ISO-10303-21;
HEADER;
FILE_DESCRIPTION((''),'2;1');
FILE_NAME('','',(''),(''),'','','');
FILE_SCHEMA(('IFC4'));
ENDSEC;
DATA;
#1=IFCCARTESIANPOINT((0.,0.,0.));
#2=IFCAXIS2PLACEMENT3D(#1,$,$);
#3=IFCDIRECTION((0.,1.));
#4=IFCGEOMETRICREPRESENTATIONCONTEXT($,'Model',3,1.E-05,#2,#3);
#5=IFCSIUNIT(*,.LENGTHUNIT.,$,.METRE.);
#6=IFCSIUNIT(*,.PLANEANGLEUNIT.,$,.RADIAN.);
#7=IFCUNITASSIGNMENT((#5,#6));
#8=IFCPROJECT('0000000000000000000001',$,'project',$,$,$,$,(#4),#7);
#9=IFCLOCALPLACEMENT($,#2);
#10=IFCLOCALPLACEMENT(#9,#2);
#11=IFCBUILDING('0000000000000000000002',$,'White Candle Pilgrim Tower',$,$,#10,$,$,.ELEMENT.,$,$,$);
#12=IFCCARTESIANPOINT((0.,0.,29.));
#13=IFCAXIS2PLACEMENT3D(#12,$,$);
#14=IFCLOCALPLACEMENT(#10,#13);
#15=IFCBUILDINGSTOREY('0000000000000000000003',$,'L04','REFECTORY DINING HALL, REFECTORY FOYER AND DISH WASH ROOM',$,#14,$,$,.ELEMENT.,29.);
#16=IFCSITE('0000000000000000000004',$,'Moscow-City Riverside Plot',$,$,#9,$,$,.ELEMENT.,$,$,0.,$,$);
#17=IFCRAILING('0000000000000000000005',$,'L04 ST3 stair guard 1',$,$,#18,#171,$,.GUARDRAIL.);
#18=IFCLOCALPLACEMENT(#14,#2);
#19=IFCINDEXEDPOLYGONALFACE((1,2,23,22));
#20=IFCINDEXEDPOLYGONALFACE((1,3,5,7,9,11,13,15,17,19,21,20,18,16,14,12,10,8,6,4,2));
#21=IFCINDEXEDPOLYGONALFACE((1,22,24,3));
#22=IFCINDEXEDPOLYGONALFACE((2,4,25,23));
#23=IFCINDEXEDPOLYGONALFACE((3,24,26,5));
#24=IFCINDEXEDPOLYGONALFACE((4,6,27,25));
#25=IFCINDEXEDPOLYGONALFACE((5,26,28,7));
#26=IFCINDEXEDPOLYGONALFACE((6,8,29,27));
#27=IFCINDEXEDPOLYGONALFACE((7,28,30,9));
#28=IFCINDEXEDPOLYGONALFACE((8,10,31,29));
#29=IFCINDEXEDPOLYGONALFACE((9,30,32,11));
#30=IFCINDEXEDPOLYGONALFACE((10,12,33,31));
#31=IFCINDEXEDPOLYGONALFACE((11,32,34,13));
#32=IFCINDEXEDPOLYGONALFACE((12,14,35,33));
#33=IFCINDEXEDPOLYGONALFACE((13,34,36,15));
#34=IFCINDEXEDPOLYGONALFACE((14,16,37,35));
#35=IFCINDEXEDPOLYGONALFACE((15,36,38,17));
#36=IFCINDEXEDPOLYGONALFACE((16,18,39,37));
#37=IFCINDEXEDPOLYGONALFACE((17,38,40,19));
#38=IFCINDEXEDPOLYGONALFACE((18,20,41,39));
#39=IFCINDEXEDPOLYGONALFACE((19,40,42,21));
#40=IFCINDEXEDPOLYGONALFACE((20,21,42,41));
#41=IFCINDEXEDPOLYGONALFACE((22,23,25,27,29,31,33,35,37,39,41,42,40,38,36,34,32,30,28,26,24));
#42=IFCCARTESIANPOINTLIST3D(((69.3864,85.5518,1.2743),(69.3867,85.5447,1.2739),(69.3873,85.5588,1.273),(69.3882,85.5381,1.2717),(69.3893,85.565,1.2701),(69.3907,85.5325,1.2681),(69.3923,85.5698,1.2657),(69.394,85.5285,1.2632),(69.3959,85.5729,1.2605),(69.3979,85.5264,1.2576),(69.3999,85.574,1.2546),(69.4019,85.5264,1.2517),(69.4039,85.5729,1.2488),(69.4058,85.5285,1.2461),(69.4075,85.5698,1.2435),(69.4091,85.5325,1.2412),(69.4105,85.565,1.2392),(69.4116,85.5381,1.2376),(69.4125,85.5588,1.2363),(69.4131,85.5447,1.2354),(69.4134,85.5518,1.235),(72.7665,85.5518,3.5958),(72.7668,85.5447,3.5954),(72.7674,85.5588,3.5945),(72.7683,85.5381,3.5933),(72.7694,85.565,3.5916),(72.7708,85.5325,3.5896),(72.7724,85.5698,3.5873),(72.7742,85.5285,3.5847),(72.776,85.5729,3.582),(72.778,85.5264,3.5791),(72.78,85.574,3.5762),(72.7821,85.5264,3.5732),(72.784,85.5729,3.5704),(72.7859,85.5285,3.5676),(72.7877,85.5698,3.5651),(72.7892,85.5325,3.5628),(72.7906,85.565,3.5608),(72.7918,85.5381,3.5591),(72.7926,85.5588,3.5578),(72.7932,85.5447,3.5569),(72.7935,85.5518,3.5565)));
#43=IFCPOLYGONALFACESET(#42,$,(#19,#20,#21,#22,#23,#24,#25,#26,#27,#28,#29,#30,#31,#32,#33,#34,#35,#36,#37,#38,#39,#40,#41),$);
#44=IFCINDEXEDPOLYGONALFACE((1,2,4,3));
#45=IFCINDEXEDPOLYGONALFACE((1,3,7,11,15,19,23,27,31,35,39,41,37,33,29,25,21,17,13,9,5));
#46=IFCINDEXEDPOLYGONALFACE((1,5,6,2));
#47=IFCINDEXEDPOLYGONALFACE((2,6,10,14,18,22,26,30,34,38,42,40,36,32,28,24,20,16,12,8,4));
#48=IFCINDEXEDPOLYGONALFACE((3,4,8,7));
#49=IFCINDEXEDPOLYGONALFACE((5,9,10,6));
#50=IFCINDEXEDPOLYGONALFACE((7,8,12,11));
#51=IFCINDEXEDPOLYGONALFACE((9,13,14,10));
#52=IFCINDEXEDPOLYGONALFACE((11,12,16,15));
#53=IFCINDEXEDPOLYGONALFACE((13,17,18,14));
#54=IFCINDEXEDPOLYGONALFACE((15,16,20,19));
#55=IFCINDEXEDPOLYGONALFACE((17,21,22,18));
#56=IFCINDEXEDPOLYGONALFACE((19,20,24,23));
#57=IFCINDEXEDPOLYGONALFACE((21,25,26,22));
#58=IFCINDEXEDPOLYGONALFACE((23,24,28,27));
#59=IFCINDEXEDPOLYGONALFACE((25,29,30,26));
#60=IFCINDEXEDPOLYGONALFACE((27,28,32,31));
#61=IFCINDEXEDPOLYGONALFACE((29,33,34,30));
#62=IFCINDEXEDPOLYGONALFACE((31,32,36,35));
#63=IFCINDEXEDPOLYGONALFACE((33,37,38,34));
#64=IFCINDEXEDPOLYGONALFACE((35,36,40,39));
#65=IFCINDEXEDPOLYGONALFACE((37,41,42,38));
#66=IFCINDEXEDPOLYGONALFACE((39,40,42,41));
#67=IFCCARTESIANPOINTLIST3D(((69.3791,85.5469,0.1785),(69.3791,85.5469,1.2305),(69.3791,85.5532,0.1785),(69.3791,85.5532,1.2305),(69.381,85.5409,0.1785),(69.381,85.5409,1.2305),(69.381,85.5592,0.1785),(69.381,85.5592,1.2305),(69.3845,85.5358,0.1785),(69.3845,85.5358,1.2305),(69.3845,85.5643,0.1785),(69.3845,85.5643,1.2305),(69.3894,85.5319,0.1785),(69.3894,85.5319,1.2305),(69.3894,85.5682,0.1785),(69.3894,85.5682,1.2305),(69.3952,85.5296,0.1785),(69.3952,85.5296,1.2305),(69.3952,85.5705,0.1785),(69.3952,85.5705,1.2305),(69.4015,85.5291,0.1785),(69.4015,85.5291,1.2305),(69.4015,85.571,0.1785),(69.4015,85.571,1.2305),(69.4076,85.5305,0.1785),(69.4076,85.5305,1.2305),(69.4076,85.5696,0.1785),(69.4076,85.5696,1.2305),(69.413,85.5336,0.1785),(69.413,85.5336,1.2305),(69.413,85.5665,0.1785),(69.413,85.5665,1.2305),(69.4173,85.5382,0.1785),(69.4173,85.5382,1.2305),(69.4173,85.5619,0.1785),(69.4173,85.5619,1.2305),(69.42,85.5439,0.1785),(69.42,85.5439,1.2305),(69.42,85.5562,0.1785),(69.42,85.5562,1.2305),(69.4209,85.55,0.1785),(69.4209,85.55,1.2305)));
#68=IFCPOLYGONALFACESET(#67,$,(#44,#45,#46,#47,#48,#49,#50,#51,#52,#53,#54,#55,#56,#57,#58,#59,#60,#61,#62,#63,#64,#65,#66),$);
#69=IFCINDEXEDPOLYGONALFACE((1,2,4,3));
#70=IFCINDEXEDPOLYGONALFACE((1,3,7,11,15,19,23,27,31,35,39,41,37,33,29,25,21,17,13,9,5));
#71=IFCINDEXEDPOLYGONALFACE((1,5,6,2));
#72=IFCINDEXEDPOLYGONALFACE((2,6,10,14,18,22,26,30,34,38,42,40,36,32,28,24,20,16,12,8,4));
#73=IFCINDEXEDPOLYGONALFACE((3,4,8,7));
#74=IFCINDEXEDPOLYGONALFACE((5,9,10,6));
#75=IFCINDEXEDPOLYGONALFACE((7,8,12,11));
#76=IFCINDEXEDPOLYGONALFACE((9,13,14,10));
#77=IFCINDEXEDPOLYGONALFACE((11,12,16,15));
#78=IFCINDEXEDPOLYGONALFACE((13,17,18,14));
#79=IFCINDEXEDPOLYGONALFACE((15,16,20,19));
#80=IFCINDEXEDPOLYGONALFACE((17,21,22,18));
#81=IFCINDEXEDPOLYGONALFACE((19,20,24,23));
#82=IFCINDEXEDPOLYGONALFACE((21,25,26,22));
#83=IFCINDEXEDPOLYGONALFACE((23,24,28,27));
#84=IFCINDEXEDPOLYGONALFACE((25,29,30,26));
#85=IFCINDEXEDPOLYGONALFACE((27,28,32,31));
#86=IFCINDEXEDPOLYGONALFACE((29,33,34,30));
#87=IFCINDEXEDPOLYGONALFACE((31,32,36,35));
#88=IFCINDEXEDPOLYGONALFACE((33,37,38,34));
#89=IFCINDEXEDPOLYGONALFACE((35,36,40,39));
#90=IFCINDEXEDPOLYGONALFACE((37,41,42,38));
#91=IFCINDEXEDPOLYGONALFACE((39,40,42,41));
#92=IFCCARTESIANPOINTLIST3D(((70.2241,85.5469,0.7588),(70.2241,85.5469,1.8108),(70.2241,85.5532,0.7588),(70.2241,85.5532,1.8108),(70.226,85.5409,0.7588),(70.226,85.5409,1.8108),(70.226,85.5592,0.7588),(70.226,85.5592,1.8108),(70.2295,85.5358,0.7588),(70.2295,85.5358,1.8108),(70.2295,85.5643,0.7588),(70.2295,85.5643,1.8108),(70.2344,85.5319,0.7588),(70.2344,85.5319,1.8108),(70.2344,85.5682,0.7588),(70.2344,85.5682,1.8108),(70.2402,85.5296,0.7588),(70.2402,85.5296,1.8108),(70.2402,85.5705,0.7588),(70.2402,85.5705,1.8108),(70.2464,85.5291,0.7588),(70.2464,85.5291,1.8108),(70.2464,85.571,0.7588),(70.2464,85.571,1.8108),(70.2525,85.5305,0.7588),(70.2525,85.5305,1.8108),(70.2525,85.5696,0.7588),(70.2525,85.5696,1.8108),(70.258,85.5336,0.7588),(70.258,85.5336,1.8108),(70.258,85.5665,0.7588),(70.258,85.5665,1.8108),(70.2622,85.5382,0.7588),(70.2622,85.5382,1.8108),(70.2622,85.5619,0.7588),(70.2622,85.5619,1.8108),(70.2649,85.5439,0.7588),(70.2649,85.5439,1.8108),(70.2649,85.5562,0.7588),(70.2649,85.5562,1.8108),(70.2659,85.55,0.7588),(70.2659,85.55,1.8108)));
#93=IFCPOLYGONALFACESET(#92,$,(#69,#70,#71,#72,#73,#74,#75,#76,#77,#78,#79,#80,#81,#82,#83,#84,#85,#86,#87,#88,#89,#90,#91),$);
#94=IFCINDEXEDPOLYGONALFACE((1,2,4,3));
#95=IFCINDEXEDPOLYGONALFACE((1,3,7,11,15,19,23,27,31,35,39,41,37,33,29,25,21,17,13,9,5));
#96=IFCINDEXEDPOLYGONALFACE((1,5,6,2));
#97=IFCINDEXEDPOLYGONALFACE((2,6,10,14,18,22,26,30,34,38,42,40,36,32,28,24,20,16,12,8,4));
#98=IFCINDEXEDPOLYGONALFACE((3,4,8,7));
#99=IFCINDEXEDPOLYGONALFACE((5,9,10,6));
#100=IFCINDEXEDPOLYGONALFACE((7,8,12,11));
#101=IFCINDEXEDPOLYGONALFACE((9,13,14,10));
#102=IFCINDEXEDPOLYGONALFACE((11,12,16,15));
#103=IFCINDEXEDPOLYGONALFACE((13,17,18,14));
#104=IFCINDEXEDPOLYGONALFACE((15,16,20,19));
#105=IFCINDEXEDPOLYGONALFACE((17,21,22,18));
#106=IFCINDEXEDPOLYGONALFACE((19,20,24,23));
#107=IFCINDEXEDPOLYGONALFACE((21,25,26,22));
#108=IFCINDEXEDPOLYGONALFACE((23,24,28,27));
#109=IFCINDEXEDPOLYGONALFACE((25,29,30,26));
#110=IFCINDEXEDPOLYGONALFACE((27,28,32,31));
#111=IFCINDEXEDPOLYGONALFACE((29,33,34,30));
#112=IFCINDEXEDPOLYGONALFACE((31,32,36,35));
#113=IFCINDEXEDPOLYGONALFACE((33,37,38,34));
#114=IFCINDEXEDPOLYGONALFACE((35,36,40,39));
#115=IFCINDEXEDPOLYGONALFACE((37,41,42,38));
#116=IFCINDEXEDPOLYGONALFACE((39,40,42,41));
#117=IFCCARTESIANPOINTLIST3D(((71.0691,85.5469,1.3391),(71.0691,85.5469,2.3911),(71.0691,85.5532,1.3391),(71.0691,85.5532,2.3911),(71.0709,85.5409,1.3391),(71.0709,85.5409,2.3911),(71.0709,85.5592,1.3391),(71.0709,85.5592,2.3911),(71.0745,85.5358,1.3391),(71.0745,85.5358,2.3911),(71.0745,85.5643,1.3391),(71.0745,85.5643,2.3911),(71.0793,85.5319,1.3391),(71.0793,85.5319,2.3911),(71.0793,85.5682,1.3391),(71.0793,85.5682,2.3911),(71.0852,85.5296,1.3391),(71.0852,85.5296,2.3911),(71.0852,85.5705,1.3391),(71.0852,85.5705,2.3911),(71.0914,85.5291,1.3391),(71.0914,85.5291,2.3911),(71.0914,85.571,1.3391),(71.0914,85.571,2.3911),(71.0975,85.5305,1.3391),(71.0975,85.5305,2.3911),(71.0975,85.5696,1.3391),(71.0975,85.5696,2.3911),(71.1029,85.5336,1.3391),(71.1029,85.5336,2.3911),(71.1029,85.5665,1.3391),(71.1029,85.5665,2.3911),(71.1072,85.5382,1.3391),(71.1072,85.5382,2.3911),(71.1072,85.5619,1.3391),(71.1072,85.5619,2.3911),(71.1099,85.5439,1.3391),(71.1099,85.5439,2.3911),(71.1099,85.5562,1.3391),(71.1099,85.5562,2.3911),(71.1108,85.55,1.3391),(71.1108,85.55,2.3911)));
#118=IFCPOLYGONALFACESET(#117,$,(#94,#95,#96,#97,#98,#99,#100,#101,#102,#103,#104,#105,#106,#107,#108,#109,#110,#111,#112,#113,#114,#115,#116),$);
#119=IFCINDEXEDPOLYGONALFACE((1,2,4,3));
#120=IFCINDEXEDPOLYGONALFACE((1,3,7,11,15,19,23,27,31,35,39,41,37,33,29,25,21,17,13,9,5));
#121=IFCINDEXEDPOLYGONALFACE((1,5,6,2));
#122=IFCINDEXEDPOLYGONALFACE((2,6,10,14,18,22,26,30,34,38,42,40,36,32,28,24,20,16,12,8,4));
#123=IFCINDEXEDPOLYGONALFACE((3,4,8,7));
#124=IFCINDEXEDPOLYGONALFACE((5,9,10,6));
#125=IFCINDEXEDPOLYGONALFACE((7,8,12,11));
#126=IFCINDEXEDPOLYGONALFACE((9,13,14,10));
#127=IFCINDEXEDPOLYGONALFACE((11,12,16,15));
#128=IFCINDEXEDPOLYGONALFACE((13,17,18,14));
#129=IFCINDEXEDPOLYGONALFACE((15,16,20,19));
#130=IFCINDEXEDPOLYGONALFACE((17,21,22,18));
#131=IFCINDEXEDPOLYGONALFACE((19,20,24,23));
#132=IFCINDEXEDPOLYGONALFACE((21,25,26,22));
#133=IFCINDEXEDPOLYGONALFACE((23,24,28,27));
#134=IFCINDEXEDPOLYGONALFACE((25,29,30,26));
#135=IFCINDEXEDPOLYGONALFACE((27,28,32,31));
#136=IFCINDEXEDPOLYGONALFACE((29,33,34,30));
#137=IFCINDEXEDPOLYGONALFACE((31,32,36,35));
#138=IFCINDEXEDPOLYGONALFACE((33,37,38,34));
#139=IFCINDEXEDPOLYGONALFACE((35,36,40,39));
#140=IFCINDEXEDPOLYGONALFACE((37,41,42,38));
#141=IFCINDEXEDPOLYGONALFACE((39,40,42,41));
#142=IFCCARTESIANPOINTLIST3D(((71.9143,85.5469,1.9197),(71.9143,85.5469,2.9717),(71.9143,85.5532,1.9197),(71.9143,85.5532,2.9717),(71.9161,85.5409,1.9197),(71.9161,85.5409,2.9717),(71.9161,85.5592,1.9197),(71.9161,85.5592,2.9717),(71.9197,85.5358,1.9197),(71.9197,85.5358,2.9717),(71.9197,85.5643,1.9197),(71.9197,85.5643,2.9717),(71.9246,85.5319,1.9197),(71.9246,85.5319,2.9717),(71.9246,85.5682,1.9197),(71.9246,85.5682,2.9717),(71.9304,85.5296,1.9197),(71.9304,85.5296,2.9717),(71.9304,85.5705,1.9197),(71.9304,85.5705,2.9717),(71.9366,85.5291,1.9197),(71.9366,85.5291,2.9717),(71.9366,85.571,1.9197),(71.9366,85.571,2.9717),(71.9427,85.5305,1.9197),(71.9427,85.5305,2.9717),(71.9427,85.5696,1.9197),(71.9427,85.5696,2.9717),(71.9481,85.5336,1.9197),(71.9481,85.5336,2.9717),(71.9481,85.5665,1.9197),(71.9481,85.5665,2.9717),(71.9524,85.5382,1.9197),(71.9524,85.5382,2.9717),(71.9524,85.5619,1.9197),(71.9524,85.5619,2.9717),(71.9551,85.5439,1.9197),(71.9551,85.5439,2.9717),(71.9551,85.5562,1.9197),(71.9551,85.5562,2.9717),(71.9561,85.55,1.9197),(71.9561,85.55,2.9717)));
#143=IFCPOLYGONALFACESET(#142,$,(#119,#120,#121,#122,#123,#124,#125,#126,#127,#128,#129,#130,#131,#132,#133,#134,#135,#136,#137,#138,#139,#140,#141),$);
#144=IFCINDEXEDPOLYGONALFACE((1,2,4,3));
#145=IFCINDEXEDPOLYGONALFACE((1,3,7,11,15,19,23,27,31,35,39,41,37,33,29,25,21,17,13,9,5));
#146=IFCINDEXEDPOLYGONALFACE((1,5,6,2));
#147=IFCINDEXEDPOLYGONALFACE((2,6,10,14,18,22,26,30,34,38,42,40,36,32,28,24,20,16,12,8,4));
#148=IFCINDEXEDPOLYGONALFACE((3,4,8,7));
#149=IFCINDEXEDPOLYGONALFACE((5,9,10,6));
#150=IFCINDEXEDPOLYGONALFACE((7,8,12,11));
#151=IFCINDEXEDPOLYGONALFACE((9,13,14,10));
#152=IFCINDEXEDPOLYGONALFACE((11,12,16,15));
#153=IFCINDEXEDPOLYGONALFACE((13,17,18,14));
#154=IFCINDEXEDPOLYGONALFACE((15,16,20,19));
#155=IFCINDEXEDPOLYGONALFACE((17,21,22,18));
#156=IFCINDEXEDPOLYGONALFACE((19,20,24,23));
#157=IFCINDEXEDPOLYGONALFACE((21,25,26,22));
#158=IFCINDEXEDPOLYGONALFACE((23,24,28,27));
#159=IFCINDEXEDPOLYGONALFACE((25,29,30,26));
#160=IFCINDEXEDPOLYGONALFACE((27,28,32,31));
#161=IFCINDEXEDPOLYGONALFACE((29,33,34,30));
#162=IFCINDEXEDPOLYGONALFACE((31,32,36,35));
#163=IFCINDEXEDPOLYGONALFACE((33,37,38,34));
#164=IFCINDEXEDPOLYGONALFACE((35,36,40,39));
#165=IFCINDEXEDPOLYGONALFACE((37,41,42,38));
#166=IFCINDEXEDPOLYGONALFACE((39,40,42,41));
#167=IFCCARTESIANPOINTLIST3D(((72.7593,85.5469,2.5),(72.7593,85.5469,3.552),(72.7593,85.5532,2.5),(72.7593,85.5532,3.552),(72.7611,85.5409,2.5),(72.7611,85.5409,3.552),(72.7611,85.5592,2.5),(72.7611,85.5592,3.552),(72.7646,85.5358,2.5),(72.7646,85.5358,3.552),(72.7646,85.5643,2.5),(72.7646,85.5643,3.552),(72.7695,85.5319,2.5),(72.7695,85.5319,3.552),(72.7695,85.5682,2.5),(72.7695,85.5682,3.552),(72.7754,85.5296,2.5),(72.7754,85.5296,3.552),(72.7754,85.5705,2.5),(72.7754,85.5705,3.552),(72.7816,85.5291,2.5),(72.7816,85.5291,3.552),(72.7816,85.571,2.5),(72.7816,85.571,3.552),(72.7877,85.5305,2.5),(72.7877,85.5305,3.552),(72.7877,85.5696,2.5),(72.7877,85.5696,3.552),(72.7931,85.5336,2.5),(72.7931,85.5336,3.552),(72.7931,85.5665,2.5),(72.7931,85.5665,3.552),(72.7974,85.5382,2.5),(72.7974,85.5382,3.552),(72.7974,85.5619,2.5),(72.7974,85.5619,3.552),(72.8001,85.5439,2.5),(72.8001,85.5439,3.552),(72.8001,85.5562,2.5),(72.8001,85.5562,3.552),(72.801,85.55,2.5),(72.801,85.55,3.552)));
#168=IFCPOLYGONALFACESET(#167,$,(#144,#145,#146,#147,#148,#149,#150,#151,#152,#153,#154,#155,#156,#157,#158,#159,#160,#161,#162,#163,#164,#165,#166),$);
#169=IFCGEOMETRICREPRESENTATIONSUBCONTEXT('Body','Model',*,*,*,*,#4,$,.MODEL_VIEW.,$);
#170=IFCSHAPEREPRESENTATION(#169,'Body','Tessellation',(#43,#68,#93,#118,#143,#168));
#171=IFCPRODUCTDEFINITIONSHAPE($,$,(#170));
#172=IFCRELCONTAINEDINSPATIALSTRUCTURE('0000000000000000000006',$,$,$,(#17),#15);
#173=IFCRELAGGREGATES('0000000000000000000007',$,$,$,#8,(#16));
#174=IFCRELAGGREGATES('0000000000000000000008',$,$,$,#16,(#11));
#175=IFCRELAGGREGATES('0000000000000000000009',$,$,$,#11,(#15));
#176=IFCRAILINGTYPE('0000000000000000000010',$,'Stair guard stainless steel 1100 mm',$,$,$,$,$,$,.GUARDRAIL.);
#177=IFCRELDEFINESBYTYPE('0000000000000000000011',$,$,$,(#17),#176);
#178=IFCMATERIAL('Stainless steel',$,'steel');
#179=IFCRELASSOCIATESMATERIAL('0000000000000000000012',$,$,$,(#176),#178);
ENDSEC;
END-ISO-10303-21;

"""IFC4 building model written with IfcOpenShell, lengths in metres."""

from ifc_helpers import new_model, si_unit, direction, frame, origin, origin_2d, place, context, subcontext, project, spatial, circle, extrude, material, type_object, element, save


model = new_model("IFC4")

# Units and contexts
model_context = context("Model", 3, precision=1e-05, world=origin(), true_north=direction((0.0, 1.0)))
body_context = subcontext(model_context, "Body", "Model", "MODEL_VIEW")
ifc_project = project(units=[si_unit("LENGTHUNIT", "METRE"), si_unit("PLANEANGLEUNIT", "RADIAN")], contexts=[model_context])

# Site, building, storey
site_placement = place(None, origin())
site = spatial("IfcSite", under=ifc_project, at=site_placement, Name="Moscow-City Riverside Plot", CompositionType="ELEMENT", RefElevation=0.0)
building_placement = place(site_placement, origin())
building = spatial("IfcBuilding", under=site, at=building_placement, Name="White Candle Pilgrim Tower", CompositionType="ELEMENT")
storey_placement = place(building_placement, frame((0.0, 0.0, 29.0)))
storey = spatial("IfcBuildingStorey", under=building, at=storey_placement, Name="L04", Description="REFECTORY DINING HALL, REFECTORY FOYER AND DISH WASH ROOM", CompositionType="ELEMENT", Elevation=29.0)

# Railing
ifc_material_1 = material(Name="Stainless steel", Category="steel")
railing_type_1 = type_object("IfcRailingType", Name="Stair guard stainless steel 1100 mm", PredefinedType="GUARDRAIL", material=ifc_material_1)
railing_1_placement = place(storey_placement, frame((69.3999, 85.55, 0.1785)))
element("IfcRailing", 1, at=railing_1_placement, inside=storey, type_object=railing_type_1, Name="L04 ST3 stair guard 1", PredefinedType="GUARDRAIL", context=body_context, shape_type="SweptSolid", body=[
    extrude(circle(Radius=0.0239, at=origin_2d()), frame((0.0, 0.0, 1.0762), z_axis=(0.824304, 0.0, 0.566147), x_axis=(0.0, 1.0, 0.0)), (0.0, 0.0, 1.0), 4.1006),
    extrude(circle(Radius=0.021, at=origin_2d()), origin(), (0.0, 0.0, 1.0), 1.052),
    extrude(circle(Radius=0.021, at=origin_2d()), frame((0.845, 0.0, 0.5803)), (0.0, 0.0, 1.0), 1.052),
    extrude(circle(Radius=0.021, at=origin_2d()), frame((1.6899, 0.0, 1.1606)), (0.0, 0.0, 1.0), 1.052),
    extrude(circle(Radius=0.021, at=origin_2d()), frame((2.5352, 0.0, 1.7412)), (0.0, 0.0, 1.0), 1.052),
    extrude(circle(Radius=0.021, at=origin_2d()), frame((3.3801, 0.0, 2.3215)), (0.0, 0.0, 1.0), 1.052),
])

save(model, "model.ifc")
